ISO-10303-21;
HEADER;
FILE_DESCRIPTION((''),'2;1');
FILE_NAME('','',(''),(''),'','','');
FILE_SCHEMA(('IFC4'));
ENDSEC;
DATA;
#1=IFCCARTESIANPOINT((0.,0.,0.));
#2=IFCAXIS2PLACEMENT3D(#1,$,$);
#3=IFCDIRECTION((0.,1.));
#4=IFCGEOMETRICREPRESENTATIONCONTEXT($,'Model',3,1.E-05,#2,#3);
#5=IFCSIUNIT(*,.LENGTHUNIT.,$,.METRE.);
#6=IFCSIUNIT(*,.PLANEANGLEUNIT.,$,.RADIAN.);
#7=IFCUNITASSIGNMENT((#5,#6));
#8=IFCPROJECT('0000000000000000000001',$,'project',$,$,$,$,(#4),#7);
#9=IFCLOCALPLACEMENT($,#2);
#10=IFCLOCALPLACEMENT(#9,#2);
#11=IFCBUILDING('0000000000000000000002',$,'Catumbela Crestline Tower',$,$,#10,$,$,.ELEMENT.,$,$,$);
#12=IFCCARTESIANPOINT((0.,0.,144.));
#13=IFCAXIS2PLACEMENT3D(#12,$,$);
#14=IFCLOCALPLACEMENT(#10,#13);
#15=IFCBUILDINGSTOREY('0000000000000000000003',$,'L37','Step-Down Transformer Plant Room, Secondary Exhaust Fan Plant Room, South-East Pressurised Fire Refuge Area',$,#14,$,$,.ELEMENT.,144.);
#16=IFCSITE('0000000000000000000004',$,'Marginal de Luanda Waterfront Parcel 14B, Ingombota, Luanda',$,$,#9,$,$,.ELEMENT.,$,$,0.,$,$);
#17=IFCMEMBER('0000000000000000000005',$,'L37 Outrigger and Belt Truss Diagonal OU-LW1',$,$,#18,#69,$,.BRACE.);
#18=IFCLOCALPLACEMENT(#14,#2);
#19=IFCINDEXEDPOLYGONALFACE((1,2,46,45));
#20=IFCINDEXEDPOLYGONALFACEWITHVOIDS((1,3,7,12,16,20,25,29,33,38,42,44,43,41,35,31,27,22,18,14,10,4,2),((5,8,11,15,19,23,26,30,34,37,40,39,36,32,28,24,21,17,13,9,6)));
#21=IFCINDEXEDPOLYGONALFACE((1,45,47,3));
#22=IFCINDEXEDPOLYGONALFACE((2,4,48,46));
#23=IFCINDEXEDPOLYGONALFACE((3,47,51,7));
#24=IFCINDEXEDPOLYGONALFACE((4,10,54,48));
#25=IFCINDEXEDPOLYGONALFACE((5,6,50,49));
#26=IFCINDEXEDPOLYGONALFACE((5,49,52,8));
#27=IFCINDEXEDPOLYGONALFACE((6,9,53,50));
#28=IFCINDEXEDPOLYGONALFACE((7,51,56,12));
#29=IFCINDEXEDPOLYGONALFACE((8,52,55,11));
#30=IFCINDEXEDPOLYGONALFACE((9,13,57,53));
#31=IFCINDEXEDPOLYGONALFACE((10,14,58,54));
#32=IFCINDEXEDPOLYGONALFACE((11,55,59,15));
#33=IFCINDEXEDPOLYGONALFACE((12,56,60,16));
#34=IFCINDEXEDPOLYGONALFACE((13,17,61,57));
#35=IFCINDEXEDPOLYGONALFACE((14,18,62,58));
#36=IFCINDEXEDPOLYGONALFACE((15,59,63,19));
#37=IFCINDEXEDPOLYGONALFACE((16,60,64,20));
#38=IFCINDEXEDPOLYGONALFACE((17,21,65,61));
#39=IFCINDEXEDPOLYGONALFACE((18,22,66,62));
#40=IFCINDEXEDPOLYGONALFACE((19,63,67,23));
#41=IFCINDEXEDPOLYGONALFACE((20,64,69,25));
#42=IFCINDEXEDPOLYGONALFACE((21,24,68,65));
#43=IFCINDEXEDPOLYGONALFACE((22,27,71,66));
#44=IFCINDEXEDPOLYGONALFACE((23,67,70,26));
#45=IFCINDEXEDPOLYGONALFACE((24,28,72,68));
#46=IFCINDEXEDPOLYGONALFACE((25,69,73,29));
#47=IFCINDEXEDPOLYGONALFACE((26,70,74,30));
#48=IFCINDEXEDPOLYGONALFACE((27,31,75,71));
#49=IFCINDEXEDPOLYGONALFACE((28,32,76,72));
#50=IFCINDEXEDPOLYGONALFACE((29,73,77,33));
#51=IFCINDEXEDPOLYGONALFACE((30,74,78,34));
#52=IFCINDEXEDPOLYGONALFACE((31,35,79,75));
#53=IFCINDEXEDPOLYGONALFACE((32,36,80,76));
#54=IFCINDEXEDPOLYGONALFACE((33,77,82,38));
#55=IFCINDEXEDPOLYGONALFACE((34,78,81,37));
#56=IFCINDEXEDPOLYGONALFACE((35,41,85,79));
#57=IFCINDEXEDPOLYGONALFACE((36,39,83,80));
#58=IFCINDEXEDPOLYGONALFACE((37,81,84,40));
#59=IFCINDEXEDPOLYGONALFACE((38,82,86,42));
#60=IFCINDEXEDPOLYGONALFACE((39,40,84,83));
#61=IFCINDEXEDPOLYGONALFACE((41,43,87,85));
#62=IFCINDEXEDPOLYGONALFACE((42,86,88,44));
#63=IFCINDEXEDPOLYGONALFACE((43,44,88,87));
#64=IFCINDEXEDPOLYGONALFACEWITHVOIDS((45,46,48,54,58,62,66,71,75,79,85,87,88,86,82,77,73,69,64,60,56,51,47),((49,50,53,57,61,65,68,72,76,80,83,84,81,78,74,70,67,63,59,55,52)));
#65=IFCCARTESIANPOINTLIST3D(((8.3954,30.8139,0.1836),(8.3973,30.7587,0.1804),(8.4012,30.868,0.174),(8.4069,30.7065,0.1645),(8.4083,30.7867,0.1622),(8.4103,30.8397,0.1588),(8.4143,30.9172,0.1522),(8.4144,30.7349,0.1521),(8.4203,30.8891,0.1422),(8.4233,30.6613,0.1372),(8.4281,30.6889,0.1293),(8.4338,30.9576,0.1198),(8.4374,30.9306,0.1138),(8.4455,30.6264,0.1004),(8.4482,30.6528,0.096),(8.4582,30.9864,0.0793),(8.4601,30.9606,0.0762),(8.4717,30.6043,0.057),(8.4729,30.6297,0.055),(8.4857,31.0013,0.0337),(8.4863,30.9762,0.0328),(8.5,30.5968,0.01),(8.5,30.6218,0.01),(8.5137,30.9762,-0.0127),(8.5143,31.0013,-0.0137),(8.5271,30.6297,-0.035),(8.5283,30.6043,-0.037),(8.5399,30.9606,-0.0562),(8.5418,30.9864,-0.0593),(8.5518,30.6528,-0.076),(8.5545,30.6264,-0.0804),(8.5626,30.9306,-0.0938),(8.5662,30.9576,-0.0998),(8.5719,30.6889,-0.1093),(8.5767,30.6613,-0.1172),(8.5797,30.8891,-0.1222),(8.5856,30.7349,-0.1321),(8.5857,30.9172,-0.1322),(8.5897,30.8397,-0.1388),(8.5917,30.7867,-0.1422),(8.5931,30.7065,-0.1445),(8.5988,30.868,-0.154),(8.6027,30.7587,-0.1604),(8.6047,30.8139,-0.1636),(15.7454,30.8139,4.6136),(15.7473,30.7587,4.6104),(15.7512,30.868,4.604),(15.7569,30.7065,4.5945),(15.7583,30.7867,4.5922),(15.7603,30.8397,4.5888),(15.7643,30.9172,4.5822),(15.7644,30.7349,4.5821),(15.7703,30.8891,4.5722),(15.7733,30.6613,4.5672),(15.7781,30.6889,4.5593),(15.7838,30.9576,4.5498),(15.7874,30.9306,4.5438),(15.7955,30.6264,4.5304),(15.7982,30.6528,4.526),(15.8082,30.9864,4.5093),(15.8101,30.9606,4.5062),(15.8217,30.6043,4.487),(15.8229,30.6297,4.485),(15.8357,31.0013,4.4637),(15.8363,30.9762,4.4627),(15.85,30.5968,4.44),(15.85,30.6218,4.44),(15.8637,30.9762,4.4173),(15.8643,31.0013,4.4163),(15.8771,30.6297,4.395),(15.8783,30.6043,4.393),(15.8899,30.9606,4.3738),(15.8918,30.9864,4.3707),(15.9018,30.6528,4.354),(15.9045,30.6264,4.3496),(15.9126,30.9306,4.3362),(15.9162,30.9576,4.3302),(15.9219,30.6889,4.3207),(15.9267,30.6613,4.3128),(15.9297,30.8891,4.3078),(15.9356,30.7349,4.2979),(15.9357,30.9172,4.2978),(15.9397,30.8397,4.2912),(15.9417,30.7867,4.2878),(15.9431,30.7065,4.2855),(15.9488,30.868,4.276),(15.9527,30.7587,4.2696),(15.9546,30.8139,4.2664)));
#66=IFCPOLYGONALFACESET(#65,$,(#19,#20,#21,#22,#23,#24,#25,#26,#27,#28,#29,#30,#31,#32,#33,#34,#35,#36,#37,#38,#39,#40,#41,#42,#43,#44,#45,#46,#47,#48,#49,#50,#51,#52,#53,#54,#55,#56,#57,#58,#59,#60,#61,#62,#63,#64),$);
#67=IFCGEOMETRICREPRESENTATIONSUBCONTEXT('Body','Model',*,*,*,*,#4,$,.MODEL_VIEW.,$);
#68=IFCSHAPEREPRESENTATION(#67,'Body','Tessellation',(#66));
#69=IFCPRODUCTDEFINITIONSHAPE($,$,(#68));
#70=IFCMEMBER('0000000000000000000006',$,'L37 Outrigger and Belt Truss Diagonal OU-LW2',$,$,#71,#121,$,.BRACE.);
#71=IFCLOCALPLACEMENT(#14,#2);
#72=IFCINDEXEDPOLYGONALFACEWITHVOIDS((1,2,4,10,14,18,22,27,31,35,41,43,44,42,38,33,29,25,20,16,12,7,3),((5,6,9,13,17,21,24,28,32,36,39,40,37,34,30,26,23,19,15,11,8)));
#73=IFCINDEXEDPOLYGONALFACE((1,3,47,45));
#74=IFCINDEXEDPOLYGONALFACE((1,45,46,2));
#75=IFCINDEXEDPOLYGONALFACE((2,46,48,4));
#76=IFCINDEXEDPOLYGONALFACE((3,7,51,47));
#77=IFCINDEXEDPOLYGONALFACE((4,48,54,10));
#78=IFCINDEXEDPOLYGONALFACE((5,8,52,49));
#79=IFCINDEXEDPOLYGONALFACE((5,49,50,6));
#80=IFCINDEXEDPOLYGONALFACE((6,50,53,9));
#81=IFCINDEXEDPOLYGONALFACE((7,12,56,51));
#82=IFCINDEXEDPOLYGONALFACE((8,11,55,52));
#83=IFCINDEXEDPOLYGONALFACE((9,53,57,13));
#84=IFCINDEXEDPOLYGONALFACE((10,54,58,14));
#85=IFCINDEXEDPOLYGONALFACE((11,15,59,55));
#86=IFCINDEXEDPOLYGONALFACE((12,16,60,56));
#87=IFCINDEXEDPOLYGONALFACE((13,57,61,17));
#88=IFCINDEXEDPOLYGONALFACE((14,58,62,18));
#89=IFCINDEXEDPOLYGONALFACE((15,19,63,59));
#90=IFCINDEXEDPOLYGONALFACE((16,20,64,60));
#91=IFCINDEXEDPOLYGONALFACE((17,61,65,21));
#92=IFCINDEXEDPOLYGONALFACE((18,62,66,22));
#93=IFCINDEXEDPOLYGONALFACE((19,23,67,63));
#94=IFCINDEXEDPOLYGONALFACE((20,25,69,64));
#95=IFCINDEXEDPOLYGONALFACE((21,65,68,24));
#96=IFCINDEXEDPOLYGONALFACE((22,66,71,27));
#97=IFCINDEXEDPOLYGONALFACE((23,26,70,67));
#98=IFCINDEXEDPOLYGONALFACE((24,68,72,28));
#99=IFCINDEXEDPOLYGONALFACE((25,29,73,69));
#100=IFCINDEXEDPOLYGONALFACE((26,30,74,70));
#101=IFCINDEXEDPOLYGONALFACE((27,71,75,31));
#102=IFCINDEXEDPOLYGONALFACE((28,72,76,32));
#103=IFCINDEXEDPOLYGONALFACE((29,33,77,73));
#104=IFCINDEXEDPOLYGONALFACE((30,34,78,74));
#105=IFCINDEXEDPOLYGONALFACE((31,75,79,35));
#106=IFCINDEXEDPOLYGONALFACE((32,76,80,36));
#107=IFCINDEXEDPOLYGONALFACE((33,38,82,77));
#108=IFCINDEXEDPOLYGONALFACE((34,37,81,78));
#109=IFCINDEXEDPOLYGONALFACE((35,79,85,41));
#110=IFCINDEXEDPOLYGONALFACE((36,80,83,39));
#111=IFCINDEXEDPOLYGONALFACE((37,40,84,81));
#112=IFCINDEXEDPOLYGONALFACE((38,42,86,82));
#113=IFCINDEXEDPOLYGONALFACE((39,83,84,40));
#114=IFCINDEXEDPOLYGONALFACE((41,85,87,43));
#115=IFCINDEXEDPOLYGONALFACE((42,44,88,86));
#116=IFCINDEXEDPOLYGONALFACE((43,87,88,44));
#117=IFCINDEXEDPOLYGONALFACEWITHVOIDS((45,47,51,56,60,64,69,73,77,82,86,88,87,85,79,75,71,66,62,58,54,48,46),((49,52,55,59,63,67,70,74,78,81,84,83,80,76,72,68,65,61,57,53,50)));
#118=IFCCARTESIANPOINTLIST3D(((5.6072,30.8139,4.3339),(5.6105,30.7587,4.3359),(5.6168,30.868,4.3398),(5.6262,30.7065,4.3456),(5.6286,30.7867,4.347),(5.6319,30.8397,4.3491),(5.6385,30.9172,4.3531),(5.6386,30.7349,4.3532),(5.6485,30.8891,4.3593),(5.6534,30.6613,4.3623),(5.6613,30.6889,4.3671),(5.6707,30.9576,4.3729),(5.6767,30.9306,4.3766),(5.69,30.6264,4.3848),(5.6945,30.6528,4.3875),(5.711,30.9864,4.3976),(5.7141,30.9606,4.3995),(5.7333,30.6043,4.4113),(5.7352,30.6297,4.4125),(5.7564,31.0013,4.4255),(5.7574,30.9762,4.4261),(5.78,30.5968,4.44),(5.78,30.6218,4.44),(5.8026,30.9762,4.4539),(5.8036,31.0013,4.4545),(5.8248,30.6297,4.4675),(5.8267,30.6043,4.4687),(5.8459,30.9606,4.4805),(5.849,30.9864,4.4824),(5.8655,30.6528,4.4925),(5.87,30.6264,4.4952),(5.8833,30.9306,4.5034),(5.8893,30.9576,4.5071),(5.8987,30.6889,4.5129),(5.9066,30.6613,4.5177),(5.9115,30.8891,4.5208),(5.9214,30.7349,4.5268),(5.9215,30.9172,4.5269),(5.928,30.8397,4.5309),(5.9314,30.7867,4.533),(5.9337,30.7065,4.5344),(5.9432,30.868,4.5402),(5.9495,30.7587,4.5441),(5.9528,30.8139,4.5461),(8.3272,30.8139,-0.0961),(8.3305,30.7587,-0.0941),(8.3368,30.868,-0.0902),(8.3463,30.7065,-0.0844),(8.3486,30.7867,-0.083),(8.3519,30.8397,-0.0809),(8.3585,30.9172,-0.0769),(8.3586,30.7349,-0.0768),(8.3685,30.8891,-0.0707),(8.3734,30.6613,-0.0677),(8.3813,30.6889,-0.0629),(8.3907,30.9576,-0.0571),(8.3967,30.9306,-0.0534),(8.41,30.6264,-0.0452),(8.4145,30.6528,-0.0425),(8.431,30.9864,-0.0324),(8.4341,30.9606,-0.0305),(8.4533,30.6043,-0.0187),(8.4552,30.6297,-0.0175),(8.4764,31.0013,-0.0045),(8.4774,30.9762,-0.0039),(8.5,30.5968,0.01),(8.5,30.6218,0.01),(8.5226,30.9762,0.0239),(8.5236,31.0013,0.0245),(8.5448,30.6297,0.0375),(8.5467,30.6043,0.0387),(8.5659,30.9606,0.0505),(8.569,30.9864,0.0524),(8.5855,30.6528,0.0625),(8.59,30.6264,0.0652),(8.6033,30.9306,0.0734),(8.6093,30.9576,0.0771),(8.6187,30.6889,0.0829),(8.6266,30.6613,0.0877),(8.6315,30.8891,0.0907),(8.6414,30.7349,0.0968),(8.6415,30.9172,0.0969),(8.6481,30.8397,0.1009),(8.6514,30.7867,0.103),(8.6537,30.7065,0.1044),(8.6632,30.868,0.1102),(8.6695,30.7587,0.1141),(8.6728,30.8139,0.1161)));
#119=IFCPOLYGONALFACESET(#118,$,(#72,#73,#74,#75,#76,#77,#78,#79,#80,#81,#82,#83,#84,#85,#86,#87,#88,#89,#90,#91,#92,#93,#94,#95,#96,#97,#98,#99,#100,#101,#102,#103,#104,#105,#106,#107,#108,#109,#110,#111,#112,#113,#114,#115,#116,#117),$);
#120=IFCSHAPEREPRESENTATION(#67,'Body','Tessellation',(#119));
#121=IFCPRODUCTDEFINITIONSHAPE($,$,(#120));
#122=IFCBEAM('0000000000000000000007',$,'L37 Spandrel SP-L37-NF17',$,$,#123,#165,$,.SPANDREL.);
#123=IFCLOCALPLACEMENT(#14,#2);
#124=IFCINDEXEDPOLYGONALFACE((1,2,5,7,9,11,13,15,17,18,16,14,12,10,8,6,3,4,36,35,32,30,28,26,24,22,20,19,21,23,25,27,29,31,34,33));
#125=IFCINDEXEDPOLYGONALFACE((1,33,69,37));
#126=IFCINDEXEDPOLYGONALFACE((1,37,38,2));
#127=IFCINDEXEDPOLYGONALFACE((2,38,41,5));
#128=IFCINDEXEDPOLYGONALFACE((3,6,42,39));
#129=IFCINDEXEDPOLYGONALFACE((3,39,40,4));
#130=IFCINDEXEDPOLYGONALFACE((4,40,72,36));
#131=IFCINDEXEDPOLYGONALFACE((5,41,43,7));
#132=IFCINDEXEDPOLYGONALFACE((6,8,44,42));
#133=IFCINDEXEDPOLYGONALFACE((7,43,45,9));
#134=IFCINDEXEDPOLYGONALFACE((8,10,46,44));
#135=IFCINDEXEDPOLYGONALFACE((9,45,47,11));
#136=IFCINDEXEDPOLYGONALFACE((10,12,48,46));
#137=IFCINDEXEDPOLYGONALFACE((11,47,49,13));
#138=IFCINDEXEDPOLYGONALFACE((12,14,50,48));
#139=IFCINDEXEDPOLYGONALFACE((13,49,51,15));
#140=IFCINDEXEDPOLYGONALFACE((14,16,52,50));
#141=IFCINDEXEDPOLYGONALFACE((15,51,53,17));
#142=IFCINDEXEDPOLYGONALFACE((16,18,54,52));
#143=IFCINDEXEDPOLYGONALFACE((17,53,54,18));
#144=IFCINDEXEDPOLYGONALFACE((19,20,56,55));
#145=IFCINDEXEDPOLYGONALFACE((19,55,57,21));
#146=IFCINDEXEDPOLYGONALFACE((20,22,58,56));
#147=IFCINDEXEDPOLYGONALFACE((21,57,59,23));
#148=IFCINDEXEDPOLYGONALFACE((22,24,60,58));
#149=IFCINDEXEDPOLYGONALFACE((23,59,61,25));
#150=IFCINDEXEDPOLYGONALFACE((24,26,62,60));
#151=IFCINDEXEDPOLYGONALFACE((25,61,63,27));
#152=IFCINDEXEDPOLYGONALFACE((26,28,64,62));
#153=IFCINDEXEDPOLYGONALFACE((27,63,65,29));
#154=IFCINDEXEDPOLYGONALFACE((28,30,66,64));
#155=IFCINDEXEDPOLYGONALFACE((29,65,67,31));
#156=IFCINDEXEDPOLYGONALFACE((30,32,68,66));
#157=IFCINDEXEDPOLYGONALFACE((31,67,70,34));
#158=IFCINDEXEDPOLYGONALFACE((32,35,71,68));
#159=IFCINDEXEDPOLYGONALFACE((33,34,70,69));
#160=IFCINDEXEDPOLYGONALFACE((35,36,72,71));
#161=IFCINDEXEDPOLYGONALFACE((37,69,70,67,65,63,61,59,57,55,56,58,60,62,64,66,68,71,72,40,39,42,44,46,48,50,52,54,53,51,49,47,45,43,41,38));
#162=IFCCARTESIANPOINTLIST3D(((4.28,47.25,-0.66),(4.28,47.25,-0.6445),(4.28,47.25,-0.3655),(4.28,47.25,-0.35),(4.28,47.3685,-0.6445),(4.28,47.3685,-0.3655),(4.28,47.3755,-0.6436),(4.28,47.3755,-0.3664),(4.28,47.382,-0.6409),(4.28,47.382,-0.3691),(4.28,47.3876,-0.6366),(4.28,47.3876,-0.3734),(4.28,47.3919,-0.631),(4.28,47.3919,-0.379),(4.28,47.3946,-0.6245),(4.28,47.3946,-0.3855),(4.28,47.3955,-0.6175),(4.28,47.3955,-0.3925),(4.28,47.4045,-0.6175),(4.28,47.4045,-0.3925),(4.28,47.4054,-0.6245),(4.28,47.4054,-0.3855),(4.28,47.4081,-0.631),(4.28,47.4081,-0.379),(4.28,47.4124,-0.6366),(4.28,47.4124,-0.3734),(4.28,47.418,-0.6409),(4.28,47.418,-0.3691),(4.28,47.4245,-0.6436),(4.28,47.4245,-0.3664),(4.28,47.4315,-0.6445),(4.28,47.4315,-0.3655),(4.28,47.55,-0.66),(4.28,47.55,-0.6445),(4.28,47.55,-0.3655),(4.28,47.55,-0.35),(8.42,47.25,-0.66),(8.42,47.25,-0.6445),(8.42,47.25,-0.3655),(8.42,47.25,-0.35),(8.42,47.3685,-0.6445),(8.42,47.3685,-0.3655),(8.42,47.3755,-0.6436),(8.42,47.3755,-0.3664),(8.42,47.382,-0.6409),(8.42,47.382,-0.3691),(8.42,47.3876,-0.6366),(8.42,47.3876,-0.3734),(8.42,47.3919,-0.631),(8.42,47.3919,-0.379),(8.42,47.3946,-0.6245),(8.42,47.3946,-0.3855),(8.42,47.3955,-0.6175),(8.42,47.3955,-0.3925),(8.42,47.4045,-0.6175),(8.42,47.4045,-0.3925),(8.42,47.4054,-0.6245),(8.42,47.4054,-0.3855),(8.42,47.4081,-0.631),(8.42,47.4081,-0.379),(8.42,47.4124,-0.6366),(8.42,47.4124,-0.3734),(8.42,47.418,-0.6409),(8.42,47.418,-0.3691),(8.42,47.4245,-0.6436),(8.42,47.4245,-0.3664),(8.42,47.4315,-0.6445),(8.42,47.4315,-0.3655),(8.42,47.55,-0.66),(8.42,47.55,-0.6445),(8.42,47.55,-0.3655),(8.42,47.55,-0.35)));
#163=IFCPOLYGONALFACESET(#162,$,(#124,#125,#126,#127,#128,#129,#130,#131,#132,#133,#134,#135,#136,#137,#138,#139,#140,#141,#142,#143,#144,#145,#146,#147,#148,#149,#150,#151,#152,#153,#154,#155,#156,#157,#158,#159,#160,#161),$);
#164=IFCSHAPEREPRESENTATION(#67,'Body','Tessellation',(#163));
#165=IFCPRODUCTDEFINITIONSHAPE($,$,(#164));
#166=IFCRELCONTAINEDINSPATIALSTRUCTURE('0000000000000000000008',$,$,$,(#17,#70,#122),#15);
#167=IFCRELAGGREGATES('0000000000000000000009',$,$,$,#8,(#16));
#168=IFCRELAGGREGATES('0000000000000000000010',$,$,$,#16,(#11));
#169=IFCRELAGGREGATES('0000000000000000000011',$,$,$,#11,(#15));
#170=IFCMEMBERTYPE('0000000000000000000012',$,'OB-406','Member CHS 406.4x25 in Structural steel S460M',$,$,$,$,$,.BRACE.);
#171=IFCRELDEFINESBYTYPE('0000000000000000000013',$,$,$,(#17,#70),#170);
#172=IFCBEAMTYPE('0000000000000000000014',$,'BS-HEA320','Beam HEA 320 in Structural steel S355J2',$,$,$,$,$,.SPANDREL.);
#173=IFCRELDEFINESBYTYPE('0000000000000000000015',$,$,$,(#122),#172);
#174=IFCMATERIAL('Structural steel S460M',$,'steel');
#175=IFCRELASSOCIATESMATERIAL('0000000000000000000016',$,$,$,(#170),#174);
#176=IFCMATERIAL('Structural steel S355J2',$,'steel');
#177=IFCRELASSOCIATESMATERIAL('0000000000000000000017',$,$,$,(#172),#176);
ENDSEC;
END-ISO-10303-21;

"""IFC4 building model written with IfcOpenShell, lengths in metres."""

from ifc_helpers import new_model, si_unit, direction, frame, origin, origin_2d, place, context, subcontext, project, spatial, hollow_circle, i_section, extrude, material, material_profile, profile_set, type_object, element, save


model = new_model("IFC4")

# Units and contexts
model_context = context("Model", 3, precision=1e-05, world=origin(), true_north=direction((0.0, 1.0)))
body_context = subcontext(model_context, "Body", "Model", "MODEL_VIEW")
ifc_project = project(units=[si_unit("LENGTHUNIT", "METRE"), si_unit("PLANEANGLEUNIT", "RADIAN")], contexts=[model_context])

# Site, building, storey
site_placement = place(None, origin())
site = spatial("IfcSite", under=ifc_project, at=site_placement, Name="Marginal de Luanda Waterfront Parcel 14B, Ingombota, Luanda", CompositionType="ELEMENT", RefElevation=0.0)
building_placement = place(site_placement, origin())
building = spatial("IfcBuilding", under=site, at=building_placement, Name="Catumbela Crestline Tower", CompositionType="ELEMENT")
storey_placement = place(building_placement, frame((0.0, 0.0, 144.0)))
storey = spatial("IfcBuildingStorey", under=building, at=storey_placement, Name="L37", Description="Step-Down Transformer Plant Room, Secondary Exhaust Fan Plant Room, South-East Pressurised Fire Refuge Area", CompositionType="ELEMENT", Elevation=144.0)

# Shared definitions
ifc_material_1 = material(Name="Structural steel S460M", Category="steel")

# Shared definitions
ifc_material_2 = material(Name="Structural steel S355J2", Category="steel")

# Members
ifc_material_profile_1 = material_profile(ifc_material_1, hollow_circle(Radius=0.2032, WallThickness=0.025, at=origin_2d()), Name="CHS 406.4x25")
ifc_profile_set_1 = profile_set([ifc_material_profile_1], Name="Structural steel S460M")
member_type = type_object("IfcMemberType", Name="OB-406", Description="Member CHS 406.4x25 in Structural steel S460M", PredefinedType="BRACE", material=ifc_profile_set_1)
member_1_placement = place(storey_placement, frame((15.85, 30.8, 4.44), z_axis=(-0.856463, 0.0, -0.516208), x_axis=(0.0, -1.0, 0.0)))
element("IfcMember", 1, at=member_1_placement, inside=storey, type_object=member_type, Name="L37 Outrigger and Belt Truss Diagonal OU-LW1", PredefinedType="BRACE", context=body_context, shape_type="SweptSolid", body=[
    extrude(hollow_circle(Radius=0.2032, WallThickness=0.025, at=origin_2d()), origin(), (0.0, 0.0, 1.0), 8.5818),
])
member_2_placement = place(storey_placement, frame((8.5, 30.8, 0.01), z_axis=(-0.523239, 0.0, 0.852186), x_axis=(0.0, -1.0, 0.0)))
element("IfcMember", 2, at=member_2_placement, inside=storey, type_object=member_type, Name="L37 Outrigger and Belt Truss Diagonal OU-LW2", PredefinedType="BRACE", context=body_context, shape_type="SweptSolid", body=[
    extrude(hollow_circle(Radius=0.2032, WallThickness=0.025, at=origin_2d()), origin(), (0.0, 0.0, 1.0), 5.1984),
])

# Beam
ifc_material_profile_2 = material_profile(ifc_material_2, i_section(OverallWidth=0.3, OverallDepth=0.31, WebThickness=0.009, FlangeThickness=0.0155, FilletRadius=0.027, at=origin_2d()), Name="HEA 320")
ifc_profile_set_2 = profile_set([ifc_material_profile_2], Name="Structural steel S355J2")
beam_type_1 = type_object("IfcBeamType", Name="BS-HEA320", Description="Beam HEA 320 in Structural steel S355J2", PredefinedType="SPANDREL", material=ifc_profile_set_2)
beam_1_placement = place(storey_placement, frame((4.28, 47.4, -0.505), z_axis=(1.0, 0.0, 0.0), x_axis=(0.0, 1.0, 0.0)))
element("IfcBeam", 3, at=beam_1_placement, inside=storey, type_object=beam_type_1, Name="L37 Spandrel SP-L37-NF17", PredefinedType="SPANDREL", context=body_context, shape_type="SweptSolid", body=[
    extrude(i_section(OverallWidth=0.3, OverallDepth=0.31, WebThickness=0.009, FlangeThickness=0.0155, FilletRadius=0.027, at=origin_2d()), origin(), (0.0, 0.0, 1.0), 4.14),
])

save(model, "model.ifc")
